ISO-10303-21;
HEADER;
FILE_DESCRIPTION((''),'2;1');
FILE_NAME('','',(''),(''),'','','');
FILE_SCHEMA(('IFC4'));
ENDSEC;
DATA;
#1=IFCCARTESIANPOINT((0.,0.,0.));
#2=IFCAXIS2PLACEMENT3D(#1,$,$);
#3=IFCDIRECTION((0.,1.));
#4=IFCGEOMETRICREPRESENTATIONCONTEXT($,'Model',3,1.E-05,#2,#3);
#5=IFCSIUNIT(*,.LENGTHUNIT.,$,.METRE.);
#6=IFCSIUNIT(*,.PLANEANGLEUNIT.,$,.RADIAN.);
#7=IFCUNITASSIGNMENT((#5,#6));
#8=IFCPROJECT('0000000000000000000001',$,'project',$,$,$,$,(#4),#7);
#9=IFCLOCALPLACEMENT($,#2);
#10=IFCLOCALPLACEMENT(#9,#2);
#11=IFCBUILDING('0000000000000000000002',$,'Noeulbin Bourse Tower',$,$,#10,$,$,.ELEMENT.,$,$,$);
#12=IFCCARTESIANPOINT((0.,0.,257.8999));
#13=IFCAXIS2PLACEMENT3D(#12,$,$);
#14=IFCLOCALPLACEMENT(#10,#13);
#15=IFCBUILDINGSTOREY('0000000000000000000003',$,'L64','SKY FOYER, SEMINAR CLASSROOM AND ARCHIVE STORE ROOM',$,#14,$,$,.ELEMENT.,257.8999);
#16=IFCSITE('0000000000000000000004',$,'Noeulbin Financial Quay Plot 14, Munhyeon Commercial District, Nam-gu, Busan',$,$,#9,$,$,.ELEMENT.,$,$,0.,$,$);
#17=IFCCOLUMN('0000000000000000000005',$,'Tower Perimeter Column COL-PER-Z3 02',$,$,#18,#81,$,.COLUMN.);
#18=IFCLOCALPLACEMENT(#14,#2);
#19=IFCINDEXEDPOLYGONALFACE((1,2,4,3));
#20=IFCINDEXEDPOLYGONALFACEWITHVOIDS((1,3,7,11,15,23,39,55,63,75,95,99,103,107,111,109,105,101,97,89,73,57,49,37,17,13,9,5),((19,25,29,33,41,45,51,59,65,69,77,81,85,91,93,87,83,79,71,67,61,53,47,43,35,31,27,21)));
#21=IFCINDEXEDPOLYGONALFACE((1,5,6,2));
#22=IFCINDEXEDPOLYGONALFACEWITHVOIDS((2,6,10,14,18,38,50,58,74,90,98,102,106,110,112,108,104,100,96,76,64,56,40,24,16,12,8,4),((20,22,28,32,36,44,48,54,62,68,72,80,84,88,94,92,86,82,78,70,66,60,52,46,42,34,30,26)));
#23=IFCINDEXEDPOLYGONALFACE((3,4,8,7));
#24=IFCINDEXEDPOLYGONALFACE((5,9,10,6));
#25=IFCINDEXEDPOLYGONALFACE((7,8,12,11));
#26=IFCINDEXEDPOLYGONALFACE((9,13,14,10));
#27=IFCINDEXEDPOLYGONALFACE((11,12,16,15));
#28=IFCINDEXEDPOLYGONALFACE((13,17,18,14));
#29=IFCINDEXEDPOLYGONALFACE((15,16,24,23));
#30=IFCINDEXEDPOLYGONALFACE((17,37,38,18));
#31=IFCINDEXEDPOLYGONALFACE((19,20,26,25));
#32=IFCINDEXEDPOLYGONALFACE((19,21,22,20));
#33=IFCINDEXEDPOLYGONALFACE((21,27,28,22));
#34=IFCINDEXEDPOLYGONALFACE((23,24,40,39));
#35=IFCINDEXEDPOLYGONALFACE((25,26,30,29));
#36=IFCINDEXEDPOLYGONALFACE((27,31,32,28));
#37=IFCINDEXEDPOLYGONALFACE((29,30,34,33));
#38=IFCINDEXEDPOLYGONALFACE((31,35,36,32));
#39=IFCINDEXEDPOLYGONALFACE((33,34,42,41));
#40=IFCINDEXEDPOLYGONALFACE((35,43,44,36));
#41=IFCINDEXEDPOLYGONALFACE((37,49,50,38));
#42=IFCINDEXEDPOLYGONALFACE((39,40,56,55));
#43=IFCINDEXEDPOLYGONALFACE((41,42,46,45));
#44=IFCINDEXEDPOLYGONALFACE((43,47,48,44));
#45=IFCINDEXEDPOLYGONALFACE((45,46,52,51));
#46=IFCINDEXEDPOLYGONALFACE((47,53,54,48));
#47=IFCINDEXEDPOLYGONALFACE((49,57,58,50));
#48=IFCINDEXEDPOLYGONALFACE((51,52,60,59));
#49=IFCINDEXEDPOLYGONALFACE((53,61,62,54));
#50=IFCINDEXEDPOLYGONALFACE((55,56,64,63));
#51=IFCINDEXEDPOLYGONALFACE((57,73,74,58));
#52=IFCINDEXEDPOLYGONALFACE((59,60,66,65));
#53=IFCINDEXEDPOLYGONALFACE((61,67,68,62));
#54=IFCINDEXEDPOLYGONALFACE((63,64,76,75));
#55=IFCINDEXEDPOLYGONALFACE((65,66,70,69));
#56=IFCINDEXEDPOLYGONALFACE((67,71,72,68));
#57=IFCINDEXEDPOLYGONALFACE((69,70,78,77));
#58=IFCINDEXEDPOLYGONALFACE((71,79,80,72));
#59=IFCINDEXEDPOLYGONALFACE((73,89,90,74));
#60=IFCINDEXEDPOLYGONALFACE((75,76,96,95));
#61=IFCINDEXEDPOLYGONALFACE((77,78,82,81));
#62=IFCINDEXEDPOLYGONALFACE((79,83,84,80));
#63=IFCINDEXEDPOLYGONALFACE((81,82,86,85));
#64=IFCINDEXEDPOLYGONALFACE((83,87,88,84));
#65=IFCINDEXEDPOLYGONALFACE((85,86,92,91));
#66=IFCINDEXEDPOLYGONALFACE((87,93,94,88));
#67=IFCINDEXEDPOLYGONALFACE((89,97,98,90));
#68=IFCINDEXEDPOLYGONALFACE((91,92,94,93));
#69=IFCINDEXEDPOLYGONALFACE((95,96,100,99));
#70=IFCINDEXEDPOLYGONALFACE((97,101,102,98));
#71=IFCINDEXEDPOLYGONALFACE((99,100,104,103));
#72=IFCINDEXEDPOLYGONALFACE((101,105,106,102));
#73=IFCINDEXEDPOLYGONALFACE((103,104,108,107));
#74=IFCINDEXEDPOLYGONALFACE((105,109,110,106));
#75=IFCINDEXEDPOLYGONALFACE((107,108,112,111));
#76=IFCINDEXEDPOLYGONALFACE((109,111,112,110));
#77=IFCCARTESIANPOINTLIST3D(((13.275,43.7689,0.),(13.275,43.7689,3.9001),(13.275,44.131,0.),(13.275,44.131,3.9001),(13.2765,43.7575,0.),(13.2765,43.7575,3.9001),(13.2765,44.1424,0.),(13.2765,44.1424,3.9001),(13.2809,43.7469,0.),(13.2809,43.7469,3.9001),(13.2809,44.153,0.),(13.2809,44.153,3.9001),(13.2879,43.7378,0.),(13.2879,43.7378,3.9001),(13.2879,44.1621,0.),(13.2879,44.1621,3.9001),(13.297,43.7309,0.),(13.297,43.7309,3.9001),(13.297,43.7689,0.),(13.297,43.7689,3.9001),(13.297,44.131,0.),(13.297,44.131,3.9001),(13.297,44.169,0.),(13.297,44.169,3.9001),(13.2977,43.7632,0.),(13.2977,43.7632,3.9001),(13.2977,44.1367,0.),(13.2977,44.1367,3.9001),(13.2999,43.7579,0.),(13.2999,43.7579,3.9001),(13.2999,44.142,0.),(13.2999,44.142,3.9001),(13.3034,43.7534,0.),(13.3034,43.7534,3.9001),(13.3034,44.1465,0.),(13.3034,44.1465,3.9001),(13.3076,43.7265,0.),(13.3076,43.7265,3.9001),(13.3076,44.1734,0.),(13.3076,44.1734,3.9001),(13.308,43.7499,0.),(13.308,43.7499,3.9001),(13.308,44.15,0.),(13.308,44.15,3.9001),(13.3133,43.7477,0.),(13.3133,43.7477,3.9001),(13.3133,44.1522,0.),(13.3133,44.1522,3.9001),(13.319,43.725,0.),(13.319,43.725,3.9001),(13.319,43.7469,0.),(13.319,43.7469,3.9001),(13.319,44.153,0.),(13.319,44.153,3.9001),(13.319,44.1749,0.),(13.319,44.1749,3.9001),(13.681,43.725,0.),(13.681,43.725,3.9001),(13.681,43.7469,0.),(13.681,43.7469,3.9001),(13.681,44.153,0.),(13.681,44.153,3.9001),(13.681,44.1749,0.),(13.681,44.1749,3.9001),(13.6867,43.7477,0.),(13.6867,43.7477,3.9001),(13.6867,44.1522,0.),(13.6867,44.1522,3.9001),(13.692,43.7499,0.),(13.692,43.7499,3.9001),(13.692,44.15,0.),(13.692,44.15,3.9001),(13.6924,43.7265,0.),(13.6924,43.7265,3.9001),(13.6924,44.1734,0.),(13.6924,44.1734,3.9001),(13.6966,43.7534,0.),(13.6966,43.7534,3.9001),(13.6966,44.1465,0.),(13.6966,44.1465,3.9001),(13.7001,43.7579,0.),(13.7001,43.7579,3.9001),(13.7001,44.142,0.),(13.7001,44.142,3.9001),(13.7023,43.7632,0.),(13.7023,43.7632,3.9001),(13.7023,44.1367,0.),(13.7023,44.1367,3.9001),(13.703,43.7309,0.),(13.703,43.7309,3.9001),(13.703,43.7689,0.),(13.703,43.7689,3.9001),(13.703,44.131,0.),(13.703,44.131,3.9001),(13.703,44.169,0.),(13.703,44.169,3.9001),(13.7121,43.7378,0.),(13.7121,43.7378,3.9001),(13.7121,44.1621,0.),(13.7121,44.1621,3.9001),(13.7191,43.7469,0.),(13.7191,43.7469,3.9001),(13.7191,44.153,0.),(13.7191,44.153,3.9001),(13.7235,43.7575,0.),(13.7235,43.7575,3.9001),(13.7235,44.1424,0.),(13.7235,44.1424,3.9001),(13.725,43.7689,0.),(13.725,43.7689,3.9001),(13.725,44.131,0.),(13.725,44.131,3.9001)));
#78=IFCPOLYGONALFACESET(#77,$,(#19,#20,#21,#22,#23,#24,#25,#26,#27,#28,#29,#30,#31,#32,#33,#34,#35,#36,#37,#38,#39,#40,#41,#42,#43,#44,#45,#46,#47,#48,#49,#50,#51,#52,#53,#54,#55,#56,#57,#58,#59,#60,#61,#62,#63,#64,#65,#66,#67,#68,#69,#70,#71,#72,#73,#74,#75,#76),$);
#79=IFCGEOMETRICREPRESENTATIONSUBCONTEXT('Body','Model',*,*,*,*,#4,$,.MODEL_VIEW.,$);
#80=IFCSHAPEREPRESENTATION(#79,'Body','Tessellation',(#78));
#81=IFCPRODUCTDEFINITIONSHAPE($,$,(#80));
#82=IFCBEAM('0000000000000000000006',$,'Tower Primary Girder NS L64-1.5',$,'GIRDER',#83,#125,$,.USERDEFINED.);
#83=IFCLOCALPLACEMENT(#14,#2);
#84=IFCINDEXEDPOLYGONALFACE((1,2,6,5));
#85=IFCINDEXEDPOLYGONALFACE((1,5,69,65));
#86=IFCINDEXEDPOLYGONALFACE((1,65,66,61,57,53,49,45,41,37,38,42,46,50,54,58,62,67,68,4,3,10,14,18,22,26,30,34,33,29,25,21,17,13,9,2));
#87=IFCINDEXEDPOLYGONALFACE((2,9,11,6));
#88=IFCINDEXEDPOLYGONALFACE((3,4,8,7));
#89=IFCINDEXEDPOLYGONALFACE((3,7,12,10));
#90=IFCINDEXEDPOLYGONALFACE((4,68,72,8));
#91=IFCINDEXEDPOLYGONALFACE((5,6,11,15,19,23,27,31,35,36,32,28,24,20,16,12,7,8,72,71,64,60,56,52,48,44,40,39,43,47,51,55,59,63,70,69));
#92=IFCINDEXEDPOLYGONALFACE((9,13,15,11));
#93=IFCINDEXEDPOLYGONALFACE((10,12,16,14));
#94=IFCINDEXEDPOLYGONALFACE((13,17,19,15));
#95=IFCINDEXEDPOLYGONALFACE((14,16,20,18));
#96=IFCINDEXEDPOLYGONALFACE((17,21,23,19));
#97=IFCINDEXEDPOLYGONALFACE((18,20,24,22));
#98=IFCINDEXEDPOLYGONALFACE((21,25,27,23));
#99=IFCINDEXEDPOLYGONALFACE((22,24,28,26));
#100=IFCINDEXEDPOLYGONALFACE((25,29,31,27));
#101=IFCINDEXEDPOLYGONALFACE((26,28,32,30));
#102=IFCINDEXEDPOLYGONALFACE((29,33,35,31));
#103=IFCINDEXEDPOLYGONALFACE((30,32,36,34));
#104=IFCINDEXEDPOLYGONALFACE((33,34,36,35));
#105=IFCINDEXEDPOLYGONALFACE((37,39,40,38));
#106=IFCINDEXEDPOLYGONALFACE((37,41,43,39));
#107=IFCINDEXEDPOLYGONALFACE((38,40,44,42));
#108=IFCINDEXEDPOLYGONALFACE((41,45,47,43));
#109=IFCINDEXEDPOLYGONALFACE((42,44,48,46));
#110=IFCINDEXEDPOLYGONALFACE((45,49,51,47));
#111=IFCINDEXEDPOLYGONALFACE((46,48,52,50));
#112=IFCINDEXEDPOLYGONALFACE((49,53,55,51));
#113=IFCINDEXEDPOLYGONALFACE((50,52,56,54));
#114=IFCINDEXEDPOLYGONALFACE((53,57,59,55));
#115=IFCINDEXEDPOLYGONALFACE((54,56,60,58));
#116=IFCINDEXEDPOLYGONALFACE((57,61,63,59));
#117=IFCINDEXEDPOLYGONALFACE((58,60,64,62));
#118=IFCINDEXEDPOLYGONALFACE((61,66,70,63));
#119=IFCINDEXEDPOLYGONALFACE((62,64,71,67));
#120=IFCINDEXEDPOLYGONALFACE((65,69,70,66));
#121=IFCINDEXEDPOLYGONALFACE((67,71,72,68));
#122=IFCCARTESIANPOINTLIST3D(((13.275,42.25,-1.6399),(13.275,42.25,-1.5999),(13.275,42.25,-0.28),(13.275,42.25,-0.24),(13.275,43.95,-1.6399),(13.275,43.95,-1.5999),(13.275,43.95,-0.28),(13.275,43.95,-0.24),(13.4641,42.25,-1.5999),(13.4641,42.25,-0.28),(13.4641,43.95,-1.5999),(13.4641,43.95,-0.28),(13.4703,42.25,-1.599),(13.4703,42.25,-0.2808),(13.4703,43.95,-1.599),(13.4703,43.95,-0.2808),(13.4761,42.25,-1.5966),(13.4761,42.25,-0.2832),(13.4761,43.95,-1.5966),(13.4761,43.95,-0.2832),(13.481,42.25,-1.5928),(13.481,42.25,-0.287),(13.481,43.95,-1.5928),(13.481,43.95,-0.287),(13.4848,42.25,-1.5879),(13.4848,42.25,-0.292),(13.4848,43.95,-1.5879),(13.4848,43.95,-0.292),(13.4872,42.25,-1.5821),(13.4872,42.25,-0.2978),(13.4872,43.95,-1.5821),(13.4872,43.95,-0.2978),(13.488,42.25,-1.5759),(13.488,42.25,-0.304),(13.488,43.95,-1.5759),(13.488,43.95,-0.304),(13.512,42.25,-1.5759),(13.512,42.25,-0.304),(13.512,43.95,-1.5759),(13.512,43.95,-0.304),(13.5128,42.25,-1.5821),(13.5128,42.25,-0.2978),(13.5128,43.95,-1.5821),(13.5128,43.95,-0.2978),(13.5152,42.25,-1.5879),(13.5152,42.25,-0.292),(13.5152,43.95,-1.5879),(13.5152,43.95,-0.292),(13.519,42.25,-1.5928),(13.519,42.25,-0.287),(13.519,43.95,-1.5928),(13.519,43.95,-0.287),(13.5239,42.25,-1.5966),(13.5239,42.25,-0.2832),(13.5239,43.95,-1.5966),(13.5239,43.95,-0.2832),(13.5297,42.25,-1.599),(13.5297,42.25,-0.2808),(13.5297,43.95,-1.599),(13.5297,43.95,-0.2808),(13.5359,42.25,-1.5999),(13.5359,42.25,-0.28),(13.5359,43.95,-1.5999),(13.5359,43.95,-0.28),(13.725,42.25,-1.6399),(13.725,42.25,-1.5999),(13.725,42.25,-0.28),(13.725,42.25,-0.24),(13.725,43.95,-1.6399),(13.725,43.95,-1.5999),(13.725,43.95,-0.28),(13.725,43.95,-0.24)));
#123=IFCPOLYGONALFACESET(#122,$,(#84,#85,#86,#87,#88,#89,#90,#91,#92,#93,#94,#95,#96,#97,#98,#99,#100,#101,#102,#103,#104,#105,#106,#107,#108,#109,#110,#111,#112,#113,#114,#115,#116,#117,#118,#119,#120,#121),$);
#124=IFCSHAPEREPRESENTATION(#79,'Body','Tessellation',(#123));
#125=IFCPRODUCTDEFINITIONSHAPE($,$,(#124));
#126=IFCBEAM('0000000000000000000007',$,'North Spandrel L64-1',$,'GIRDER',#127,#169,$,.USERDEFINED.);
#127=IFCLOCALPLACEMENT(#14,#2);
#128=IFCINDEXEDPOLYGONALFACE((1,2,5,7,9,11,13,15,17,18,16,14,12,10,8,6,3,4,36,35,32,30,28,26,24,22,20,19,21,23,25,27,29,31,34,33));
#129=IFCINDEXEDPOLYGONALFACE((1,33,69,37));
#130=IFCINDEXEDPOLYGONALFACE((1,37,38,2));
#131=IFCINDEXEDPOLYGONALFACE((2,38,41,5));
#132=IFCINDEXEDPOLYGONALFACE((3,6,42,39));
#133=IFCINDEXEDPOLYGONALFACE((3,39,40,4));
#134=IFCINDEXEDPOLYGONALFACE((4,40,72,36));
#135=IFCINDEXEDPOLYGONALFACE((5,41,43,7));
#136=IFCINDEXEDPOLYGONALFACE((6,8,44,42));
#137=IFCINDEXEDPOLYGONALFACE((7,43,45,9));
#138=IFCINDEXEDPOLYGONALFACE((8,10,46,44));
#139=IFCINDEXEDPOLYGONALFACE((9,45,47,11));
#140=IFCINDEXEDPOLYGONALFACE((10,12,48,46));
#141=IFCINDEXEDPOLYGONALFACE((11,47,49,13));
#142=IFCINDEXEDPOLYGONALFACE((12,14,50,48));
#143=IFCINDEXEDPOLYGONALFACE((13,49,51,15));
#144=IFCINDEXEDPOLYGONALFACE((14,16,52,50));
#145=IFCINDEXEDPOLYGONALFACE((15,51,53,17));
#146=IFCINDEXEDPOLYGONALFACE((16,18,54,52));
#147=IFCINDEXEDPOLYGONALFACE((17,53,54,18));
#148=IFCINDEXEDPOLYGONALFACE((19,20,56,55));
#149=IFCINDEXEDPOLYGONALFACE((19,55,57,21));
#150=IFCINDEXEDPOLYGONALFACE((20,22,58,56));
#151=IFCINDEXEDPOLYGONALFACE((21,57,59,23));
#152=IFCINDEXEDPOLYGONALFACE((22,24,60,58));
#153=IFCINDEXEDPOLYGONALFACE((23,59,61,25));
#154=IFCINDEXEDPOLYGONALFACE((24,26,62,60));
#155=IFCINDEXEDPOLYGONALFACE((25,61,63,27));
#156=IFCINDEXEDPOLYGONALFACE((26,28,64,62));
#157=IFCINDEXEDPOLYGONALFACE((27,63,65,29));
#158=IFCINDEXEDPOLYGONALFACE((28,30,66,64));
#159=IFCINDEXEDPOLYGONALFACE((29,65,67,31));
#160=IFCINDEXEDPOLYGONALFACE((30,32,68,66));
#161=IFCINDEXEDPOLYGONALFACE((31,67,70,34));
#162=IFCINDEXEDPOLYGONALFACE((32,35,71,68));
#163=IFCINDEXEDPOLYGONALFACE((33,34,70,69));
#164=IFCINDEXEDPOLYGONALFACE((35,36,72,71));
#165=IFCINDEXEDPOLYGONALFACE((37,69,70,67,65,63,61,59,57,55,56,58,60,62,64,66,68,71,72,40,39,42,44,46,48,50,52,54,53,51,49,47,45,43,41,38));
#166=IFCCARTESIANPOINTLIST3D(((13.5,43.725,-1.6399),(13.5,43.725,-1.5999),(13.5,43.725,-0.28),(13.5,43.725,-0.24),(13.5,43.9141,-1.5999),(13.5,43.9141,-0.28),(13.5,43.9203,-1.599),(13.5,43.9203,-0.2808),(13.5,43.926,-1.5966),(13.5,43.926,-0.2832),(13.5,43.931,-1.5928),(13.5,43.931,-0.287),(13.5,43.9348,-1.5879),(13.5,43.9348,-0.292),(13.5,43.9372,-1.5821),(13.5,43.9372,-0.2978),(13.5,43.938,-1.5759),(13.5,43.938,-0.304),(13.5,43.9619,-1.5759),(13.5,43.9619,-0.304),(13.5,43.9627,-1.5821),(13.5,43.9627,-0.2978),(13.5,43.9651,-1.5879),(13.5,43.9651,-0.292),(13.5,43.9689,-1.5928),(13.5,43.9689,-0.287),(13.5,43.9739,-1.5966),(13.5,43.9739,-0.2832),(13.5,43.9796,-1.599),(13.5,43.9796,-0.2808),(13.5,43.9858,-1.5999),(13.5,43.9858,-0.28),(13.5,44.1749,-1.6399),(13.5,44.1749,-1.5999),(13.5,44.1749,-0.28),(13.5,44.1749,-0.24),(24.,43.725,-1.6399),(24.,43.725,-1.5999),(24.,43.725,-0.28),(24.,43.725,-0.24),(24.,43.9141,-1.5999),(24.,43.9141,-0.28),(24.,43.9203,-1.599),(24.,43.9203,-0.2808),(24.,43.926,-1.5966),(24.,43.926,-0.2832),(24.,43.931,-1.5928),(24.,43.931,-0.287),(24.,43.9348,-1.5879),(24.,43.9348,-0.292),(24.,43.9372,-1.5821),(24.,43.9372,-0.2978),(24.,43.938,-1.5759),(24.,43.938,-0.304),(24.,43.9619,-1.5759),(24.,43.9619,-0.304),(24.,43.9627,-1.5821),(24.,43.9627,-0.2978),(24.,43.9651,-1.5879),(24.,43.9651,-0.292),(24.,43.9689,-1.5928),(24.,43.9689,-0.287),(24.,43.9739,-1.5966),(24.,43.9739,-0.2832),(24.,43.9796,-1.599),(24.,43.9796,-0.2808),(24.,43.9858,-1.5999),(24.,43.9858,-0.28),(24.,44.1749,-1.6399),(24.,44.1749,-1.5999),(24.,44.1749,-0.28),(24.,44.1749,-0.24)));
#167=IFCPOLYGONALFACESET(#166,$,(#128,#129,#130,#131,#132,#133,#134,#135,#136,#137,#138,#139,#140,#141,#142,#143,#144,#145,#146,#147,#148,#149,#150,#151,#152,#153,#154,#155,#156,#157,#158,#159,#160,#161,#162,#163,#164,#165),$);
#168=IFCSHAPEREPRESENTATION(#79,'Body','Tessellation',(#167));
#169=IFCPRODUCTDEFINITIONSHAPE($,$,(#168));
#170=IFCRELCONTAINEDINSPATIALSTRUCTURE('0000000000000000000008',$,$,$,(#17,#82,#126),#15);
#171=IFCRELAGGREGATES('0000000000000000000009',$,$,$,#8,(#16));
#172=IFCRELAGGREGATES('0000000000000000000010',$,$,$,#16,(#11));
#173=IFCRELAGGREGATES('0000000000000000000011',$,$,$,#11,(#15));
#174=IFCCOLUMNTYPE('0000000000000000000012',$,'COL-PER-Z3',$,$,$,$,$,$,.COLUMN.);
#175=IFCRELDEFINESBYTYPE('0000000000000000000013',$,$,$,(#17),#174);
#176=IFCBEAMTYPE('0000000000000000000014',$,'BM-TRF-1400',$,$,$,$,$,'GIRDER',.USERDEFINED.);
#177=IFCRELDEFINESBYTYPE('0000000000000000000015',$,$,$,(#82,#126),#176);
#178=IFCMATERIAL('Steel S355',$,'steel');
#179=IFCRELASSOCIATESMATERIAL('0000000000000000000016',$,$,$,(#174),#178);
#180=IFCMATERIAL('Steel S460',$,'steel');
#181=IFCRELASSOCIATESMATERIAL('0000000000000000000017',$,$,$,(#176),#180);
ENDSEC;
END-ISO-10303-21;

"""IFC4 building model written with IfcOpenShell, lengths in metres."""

from ifc_helpers import new_model, si_unit, direction, frame, origin, origin_2d, place, context, subcontext, project, spatial, hollow_rectangle, i_section, extrude, material, material_profile, profile_set, type_object, element, save


model = new_model("IFC4")

# Units and contexts
model_context = context("Model", 3, precision=1e-05, world=origin(), true_north=direction((0.0, 1.0)))
body_context = subcontext(model_context, "Body", "Model", "MODEL_VIEW")
ifc_project = project(units=[si_unit("LENGTHUNIT", "METRE"), si_unit("PLANEANGLEUNIT", "RADIAN")], contexts=[model_context])

# Site, building, storey
site_placement = place(None, origin())
site = spatial("IfcSite", under=ifc_project, at=site_placement, Name="Noeulbin Financial Quay Plot 14, Munhyeon Commercial District, Nam-gu, Busan", CompositionType="ELEMENT", RefElevation=0.0)
building_placement = place(site_placement, origin())
building = spatial("IfcBuilding", under=site, at=building_placement, Name="Noeulbin Bourse Tower", CompositionType="ELEMENT")
storey_placement = place(building_placement, frame((0.0, 0.0, 257.8999)))
storey = spatial("IfcBuildingStorey", under=building, at=storey_placement, Name="L64", Description="SKY FOYER, SEMINAR CLASSROOM AND ARCHIVE STORE ROOM", CompositionType="ELEMENT", Elevation=257.8999)

# Column
ifc_material_1 = material(Name="Steel S355", Category="steel")
ifc_material_profile_1 = material_profile(ifc_material_1, hollow_rectangle(XDim=0.45, YDim=0.45, WallThickness=0.022, InnerFilletRadius=0.022, OuterFilletRadius=0.0439, at=origin_2d()), Name="SHS-450x450x22", Category="LoadBearing")
ifc_profile_set_1 = profile_set([ifc_material_profile_1], Name="Steel S355")
column_type = type_object("IfcColumnType", Name="COL-PER-Z3", PredefinedType="COLUMN", material=ifc_profile_set_1)
column_placement = place(storey_placement, frame((13.5, 43.95, 0.0), z_axis=(0.0, 0.0, 1.0), x_axis=(1.0, 0.0, 0.0)))
element("IfcColumn", 1, at=column_placement, inside=storey, type_object=column_type, Name="Tower Perimeter Column COL-PER-Z3 02", PredefinedType="COLUMN", context=body_context, shape_type="SweptSolid", body=[
    extrude(hollow_rectangle(XDim=0.45, YDim=0.45, WallThickness=0.022, InnerFilletRadius=0.022, OuterFilletRadius=0.0439, at=origin_2d()), origin(), (0.0, 0.0, 1.0), 3.9001),
])

# Beams
ifc_material_2 = material(Name="Steel S460", Category="steel")
ifc_material_profile_2 = material_profile(ifc_material_2, i_section(OverallWidth=0.45, OverallDepth=1.3999, WebThickness=0.0239, FlangeThickness=0.04, FilletRadius=0.0239, at=origin_2d()), Name="PG-1400x450x24x40", Category="LoadBearing")
ifc_profile_set_2 = profile_set([ifc_material_profile_2], Name="Steel S460")
beam_type = type_object("IfcBeamType", Name="BM-TRF-1400", ElementType="GIRDER", PredefinedType="USERDEFINED", material=ifc_profile_set_2)
beam_1_placement = place(storey_placement, frame((13.5, 42.25, -0.9399), z_axis=(0.0, 1.0, 0.0), x_axis=(-1.0, 0.0, 0.0)))
element("IfcBeam", 2, at=beam_1_placement, inside=storey, type_object=beam_type, Name="Tower Primary Girder NS L64-1.5", ObjectType="GIRDER", PredefinedType="USERDEFINED", context=body_context, shape_type="SweptSolid", body=[
    extrude(i_section(OverallWidth=0.45, OverallDepth=1.3999, WebThickness=0.0239, FlangeThickness=0.04, FilletRadius=0.0239, at=origin_2d()), origin(), (0.0, 0.0, 1.0), 1.7),
])
beam_2_placement = place(storey_placement, frame((13.5, 43.95, -0.9399), z_axis=(1.0, 0.0, 0.0), x_axis=(0.0, 1.0, 0.0)))
element("IfcBeam", 3, at=beam_2_placement, inside=storey, type_object=beam_type, Name="North Spandrel L64-1", ObjectType="GIRDER", PredefinedType="USERDEFINED", context=body_context, shape_type="SweptSolid", body=[
    extrude(i_section(OverallWidth=0.45, OverallDepth=1.3999, WebThickness=0.0239, FlangeThickness=0.04, FilletRadius=0.0239, at=origin_2d()), origin(), (0.0, 0.0, 1.0), 10.5),
])

save(model, "model.ifc")
